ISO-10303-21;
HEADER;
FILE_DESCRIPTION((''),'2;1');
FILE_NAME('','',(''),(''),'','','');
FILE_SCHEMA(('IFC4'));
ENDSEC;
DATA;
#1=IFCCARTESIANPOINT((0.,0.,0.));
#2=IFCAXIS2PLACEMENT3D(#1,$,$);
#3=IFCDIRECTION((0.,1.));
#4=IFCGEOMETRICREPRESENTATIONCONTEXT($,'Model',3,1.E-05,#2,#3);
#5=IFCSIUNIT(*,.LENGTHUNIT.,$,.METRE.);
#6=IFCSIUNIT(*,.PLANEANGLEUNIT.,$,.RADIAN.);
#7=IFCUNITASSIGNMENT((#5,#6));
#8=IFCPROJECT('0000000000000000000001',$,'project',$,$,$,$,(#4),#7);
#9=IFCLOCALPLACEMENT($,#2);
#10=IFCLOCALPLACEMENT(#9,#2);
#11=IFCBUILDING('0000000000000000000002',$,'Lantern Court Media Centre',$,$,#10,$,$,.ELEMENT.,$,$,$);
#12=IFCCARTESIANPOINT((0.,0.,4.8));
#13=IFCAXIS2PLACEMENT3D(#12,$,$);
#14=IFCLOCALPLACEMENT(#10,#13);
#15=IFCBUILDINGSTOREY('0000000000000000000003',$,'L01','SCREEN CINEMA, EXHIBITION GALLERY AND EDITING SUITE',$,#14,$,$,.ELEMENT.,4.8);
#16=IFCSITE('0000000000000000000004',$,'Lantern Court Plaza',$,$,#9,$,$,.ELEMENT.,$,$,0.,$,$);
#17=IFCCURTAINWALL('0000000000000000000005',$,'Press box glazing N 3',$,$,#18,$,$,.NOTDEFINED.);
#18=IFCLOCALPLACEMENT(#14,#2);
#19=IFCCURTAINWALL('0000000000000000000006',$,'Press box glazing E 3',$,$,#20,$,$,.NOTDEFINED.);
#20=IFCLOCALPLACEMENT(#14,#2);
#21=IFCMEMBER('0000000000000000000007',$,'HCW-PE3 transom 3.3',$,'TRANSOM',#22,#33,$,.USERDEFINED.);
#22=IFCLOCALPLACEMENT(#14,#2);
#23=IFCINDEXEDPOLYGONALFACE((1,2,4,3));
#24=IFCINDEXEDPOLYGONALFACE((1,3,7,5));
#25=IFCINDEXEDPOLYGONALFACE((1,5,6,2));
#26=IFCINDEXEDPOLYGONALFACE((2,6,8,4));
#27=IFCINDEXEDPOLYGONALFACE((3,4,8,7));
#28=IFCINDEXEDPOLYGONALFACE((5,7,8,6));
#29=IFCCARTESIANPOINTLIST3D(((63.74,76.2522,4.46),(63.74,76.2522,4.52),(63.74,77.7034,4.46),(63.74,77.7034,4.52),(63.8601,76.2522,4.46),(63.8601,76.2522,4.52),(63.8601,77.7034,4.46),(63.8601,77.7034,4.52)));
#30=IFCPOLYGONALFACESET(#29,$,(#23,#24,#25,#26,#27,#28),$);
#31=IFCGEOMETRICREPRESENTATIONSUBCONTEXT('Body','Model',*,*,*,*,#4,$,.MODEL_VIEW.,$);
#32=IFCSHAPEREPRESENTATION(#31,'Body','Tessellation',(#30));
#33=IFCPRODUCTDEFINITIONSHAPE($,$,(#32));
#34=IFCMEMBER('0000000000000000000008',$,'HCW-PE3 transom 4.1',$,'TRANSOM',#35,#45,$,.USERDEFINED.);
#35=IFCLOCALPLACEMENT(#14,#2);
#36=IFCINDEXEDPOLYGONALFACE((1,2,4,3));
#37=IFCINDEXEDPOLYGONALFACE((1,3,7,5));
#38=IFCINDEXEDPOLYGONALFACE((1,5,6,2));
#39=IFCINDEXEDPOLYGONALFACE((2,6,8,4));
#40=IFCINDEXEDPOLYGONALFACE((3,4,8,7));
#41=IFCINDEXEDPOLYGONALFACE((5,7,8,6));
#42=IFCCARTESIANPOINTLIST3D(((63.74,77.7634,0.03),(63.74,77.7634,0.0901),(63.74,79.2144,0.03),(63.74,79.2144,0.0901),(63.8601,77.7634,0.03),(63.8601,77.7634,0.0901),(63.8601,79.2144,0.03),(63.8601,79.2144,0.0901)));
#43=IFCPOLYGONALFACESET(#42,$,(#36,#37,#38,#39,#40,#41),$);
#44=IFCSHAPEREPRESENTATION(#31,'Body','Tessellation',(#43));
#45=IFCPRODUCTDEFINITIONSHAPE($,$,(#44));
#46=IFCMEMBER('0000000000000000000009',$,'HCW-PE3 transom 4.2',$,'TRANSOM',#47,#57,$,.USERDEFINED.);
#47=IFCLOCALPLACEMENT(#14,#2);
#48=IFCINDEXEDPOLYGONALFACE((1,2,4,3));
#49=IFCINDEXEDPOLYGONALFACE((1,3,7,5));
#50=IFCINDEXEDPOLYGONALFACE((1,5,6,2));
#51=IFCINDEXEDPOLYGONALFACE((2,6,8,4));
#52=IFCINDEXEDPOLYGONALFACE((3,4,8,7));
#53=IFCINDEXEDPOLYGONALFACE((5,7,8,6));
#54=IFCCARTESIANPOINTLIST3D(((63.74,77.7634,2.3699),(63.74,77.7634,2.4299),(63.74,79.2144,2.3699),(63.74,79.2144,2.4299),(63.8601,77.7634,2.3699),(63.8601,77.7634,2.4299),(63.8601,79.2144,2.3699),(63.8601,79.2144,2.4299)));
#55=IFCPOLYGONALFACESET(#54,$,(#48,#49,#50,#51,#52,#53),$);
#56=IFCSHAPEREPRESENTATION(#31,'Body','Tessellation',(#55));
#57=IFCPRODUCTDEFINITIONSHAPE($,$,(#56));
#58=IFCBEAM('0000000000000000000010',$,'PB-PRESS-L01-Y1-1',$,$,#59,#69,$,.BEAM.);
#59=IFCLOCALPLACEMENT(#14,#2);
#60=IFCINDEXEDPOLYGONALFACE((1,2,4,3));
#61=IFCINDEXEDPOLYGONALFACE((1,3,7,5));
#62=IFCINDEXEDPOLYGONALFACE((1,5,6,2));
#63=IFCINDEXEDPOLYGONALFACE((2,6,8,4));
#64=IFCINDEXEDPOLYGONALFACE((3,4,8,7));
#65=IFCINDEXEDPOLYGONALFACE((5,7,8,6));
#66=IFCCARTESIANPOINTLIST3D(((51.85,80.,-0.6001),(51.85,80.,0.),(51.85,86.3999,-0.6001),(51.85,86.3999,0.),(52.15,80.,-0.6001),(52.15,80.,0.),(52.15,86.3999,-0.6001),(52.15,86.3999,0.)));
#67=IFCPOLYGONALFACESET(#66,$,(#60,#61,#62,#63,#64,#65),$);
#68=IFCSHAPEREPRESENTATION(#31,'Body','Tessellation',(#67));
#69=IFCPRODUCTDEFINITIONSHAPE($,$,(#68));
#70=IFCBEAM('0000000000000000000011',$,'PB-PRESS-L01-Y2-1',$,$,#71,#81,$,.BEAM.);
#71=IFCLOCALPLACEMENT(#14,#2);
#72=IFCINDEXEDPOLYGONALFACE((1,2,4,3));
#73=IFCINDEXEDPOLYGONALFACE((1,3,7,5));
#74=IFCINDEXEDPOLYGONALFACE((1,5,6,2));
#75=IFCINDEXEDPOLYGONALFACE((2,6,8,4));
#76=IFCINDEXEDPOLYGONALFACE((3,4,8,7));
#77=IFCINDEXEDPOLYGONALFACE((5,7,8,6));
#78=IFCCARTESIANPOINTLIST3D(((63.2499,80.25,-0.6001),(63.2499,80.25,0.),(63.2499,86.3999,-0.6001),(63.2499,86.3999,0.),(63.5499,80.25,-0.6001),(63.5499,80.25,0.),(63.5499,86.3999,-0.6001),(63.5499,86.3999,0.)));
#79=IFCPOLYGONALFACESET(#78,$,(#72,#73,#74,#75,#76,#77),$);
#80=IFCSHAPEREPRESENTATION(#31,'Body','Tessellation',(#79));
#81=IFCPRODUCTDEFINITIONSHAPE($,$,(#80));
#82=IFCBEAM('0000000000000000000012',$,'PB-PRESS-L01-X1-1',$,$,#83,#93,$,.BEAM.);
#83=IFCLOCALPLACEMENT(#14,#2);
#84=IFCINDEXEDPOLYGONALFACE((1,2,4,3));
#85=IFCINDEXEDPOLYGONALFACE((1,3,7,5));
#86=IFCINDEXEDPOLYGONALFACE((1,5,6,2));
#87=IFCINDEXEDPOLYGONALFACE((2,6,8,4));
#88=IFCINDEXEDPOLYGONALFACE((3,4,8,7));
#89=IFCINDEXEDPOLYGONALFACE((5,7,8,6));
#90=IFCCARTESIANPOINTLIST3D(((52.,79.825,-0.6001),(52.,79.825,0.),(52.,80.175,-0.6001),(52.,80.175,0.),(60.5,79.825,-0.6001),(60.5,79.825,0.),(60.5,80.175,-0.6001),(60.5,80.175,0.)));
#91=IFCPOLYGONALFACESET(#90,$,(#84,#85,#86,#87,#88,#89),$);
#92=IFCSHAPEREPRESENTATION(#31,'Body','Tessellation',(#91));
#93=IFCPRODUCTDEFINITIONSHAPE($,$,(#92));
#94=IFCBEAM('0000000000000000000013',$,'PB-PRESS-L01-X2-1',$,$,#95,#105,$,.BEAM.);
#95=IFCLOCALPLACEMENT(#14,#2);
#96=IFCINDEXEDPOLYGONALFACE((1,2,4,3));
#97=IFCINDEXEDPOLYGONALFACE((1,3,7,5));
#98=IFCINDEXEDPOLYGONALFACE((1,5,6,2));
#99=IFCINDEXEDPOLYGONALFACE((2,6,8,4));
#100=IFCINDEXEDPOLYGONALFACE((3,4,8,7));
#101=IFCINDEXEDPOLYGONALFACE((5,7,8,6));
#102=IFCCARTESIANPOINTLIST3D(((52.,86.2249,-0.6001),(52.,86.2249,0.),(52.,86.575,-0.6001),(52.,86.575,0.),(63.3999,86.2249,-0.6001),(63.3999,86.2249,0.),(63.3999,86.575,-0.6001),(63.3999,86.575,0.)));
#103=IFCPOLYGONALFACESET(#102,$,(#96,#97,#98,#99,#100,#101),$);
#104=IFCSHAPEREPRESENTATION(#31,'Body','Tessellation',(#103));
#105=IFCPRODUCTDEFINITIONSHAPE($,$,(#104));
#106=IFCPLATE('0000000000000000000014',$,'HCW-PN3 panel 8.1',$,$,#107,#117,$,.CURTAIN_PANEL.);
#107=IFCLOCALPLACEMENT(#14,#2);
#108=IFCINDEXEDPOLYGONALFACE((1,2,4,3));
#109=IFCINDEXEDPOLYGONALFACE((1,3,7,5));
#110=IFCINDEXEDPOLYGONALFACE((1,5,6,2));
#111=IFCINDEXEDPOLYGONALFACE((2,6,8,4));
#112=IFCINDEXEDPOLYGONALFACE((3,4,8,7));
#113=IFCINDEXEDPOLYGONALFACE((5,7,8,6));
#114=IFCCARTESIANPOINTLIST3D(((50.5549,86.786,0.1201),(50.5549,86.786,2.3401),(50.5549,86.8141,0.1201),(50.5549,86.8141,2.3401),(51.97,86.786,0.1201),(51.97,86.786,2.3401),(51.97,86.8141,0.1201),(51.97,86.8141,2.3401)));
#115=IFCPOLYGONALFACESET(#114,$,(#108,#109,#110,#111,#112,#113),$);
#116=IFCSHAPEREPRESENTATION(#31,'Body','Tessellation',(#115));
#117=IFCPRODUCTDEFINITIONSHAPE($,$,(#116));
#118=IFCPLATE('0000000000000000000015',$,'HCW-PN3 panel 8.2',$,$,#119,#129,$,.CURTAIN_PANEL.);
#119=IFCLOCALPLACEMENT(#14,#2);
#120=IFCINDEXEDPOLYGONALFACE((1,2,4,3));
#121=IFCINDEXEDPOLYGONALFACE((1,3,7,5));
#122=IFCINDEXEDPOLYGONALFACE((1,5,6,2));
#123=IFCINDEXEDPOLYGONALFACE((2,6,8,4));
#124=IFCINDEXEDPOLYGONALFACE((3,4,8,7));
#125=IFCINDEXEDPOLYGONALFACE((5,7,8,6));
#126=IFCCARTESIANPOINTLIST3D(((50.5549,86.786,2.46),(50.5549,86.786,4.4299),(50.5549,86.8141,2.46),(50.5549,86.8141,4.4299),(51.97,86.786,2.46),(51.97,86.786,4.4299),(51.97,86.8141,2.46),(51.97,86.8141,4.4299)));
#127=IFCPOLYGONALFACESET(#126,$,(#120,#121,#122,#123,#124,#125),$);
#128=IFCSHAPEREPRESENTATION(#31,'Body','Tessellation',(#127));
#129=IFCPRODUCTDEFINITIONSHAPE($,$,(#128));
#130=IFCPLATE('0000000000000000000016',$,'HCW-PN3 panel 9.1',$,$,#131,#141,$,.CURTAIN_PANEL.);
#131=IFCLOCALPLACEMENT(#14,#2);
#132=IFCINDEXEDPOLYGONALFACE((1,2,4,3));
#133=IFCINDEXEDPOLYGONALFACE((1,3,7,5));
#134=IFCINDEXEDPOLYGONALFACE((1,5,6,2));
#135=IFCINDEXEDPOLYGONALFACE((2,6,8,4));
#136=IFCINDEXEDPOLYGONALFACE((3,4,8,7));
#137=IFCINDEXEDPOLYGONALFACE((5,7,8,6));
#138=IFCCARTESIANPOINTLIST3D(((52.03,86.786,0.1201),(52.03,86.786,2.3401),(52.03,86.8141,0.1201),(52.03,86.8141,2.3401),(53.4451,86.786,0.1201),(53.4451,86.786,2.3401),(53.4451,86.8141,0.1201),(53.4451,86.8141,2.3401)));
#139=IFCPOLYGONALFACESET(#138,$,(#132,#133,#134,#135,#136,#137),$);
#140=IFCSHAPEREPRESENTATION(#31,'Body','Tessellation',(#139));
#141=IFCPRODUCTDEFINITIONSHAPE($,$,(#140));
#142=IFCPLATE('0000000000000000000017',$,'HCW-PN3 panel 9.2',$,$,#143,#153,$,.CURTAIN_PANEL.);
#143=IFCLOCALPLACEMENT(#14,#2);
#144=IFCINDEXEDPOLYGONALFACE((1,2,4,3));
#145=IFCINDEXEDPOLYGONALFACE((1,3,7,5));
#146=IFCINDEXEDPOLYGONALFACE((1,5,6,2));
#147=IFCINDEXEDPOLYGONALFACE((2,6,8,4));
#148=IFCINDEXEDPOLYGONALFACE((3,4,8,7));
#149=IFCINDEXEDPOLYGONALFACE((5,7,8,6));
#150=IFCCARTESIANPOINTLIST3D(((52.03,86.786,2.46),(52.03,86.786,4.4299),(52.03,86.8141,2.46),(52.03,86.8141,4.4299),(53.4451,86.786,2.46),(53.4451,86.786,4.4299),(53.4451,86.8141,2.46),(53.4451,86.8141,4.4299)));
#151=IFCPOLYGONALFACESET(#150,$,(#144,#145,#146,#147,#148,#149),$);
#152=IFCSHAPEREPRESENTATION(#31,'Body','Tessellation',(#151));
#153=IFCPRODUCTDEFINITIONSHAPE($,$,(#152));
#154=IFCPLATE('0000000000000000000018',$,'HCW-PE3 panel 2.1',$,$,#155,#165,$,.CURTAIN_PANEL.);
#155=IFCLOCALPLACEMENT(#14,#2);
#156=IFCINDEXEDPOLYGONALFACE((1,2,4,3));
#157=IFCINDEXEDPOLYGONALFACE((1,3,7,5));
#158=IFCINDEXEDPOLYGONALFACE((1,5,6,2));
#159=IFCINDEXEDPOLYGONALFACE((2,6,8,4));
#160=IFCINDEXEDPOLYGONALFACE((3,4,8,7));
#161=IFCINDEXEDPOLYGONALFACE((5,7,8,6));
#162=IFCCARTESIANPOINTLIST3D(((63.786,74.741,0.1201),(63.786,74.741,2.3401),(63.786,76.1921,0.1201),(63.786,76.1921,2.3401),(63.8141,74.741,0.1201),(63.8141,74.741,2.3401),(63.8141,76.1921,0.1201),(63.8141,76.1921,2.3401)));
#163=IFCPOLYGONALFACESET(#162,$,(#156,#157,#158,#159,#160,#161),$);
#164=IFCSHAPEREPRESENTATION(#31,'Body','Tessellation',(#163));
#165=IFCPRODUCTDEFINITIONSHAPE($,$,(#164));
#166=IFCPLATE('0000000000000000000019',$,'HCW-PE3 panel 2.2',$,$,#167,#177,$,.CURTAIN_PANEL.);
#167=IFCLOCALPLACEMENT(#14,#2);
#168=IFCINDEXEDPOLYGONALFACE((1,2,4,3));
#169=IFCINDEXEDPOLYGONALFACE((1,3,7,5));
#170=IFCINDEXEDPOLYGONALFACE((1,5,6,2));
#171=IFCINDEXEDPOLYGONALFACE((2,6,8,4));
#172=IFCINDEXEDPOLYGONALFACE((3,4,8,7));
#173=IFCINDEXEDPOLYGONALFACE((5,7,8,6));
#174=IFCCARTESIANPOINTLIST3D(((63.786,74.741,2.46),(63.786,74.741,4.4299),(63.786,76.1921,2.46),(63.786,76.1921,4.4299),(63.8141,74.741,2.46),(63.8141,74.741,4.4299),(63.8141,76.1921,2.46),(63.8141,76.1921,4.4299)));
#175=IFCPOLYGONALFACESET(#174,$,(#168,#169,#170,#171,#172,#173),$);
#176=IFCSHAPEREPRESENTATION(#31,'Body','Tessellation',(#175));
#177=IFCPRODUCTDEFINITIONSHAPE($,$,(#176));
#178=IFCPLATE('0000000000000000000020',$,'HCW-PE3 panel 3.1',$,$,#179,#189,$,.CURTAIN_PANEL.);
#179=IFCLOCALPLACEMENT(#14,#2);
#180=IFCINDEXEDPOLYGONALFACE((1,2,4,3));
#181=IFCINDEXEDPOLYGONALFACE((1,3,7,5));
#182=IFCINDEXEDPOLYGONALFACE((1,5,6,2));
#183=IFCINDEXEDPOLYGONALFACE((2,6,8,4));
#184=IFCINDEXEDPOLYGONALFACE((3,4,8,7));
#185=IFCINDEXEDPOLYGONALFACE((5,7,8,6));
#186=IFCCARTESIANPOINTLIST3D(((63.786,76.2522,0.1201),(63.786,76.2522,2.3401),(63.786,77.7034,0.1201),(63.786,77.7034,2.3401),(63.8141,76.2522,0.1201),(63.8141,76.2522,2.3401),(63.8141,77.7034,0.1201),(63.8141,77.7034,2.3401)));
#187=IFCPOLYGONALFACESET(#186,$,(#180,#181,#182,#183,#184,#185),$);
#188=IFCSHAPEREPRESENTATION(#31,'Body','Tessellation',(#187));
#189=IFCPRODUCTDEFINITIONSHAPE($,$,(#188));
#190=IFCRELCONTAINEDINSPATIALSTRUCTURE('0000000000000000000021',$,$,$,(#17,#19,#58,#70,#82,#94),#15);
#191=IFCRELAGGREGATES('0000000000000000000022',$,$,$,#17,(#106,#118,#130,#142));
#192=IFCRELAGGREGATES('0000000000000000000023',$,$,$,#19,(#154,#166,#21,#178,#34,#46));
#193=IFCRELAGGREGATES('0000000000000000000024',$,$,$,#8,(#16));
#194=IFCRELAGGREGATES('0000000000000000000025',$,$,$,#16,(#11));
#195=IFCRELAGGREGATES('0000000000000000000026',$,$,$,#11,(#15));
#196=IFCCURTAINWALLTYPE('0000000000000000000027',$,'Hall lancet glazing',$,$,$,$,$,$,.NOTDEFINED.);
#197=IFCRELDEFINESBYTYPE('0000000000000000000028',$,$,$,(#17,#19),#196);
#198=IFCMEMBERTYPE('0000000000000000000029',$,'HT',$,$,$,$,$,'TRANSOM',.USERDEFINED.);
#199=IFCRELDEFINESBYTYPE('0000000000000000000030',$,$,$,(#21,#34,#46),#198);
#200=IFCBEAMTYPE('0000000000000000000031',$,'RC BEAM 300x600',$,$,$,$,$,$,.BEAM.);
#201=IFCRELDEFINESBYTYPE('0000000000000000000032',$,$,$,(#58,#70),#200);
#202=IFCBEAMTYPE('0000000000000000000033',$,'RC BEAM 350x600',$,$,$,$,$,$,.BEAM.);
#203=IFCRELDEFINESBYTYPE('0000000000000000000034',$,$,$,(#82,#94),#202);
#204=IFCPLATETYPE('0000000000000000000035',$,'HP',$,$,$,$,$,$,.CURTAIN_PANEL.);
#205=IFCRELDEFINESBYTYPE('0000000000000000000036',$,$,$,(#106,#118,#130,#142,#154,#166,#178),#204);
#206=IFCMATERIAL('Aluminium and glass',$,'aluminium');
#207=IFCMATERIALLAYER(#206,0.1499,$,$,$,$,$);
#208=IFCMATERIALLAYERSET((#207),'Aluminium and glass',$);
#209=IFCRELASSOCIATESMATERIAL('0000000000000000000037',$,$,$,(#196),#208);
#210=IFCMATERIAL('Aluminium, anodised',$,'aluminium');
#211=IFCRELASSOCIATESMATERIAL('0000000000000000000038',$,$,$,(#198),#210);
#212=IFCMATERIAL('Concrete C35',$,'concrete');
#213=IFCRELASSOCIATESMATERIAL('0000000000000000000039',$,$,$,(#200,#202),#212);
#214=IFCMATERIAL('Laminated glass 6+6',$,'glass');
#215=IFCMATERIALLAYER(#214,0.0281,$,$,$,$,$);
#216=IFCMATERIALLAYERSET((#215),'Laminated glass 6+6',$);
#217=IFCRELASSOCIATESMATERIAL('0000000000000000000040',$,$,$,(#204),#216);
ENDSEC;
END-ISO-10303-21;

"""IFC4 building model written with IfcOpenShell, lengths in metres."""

from ifc_helpers import new_model, si_unit, direction, frame, origin, origin_2d, place, context, subcontext, project, spatial, rectangle, extrude, material, layer, layer_set, material_profile, profile_set, type_object, element, aggregate, save


model = new_model("IFC4")

# Units and contexts
model_context = context("Model", 3, precision=1e-05, world=origin(), true_north=direction((0.0, 1.0)))
body_context = subcontext(model_context, "Body", "Model", "MODEL_VIEW")
ifc_project = project(units=[si_unit("LENGTHUNIT", "METRE"), si_unit("PLANEANGLEUNIT", "RADIAN")], contexts=[model_context])

# Site, building, storey
site_placement = place(None, origin())
site = spatial("IfcSite", under=ifc_project, at=site_placement, Name="Lantern Court Plaza", CompositionType="ELEMENT", RefElevation=0.0)
building_placement = place(site_placement, origin())
building = spatial("IfcBuilding", under=site, at=building_placement, Name="Lantern Court Media Centre", CompositionType="ELEMENT")
storey_placement = place(building_placement, frame((0.0, 0.0, 4.8)))
storey = spatial("IfcBuildingStorey", under=building, at=storey_placement, Name="L01", Description="SCREEN CINEMA, EXHIBITION GALLERY AND EDITING SUITE", CompositionType="ELEMENT", Elevation=4.8)

# Shared definitions
ifc_material_1 = material(Name="Concrete C35", Category="concrete")

# Curtain walls
ifc_material_2 = material(Name="Aluminium and glass", Category="aluminium")
ifc_layer_1 = layer(ifc_material_2, 0.1499)
ifc_layer_set_1 = layer_set([ifc_layer_1], Name="Aluminium and glass")
curtain_wall_type = type_object("IfcCurtainWallType", Name="Hall lancet glazing", PredefinedType="NOTDEFINED", material=ifc_layer_set_1)
curtain_wall_1_placement = place(storey_placement, origin())
curtain_wall_1 = element("IfcCurtainWall", 1, at=curtain_wall_1_placement, inside=storey, type_object=curtain_wall_type, Name="Press box glazing N 3", PredefinedType="NOTDEFINED")
ifc_material_3 = material(Name="Aluminium, anodised", Category="aluminium")
curtain_wall_2_placement = place(storey_placement, origin())
curtain_wall_2 = element("IfcCurtainWall", 2, at=curtain_wall_2_placement, inside=storey, type_object=curtain_wall_type, Name="Press box glazing E 3", PredefinedType="NOTDEFINED")

# Members
ifc_material_profile_1 = material_profile(ifc_material_3, rectangle(XDim=0.1201, YDim=0.0601, at=origin_2d()), Name="HT")
ifc_profile_set_1 = profile_set([ifc_material_profile_1], Name="Aluminium, anodised")
member_type_1 = type_object("IfcMemberType", Name="HT", ElementType="TRANSOM", PredefinedType="USERDEFINED", material=ifc_profile_set_1)
member_1_placement = place(storey_placement, frame((63.8, 76.2522, 4.49), z_axis=(0.0, 1.0, 0.0), x_axis=(-1.0, 0.0, 0.0)))
member_1 = element("IfcMember", 3, at=member_1_placement, type_object=member_type_1, Name="HCW-PE3 transom 3.3", ObjectType="TRANSOM", PredefinedType="USERDEFINED", context=body_context, shape_type="SweptSolid", body=[
    extrude(rectangle(XDim=0.1201, YDim=0.0601, at=origin_2d()), origin(), (0.0, 0.0, 1.0), 1.4512),
])
member_2_placement = place(storey_placement, frame((63.8, 77.7634, 0.0601), z_axis=(0.0, 1.0, 0.0), x_axis=(-1.0, 0.0, 0.0)))
member_2 = element("IfcMember", 4, at=member_2_placement, type_object=member_type_1, Name="HCW-PE3 transom 4.1", ObjectType="TRANSOM", PredefinedType="USERDEFINED", context=body_context, shape_type="SweptSolid", body=[
    extrude(rectangle(XDim=0.1201, YDim=0.0601, at=origin_2d()), origin(), (0.0, 0.0, 1.0), 1.4509),
])
member_3_placement = place(storey_placement, frame((63.8, 77.7634, 2.3999), z_axis=(0.0, 1.0, 0.0), x_axis=(-1.0, 0.0, 0.0)))
member_3 = element("IfcMember", 5, at=member_3_placement, type_object=member_type_1, Name="HCW-PE3 transom 4.2", ObjectType="TRANSOM", PredefinedType="USERDEFINED", context=body_context, shape_type="SweptSolid", body=[
    extrude(rectangle(XDim=0.1201, YDim=0.0601, at=origin_2d()), origin(), (0.0, 0.0, 1.0), 1.4509),
])

# Beams
ifc_material_profile_2 = material_profile(ifc_material_1, rectangle(XDim=0.3, YDim=0.6001, at=origin_2d()), Name="RC 300x600")
ifc_profile_set_2 = profile_set([ifc_material_profile_2], Name="Concrete C35")
beam_type_1 = type_object("IfcBeamType", Name="RC BEAM 300x600", PredefinedType="BEAM", material=ifc_profile_set_2)
beam_1_placement = place(storey_placement, frame((52.0, 80.0, -0.3), z_axis=(0.0, 1.0, 0.0), x_axis=(-1.0, 0.0, 0.0)))
element("IfcBeam", 6, at=beam_1_placement, inside=storey, type_object=beam_type_1, Name="PB-PRESS-L01-Y1-1", PredefinedType="BEAM", context=body_context, shape_type="SweptSolid", body=[
    extrude(rectangle(XDim=0.3, YDim=0.6001, at=origin_2d()), origin(), (0.0, 0.0, 1.0), 6.3999),
])
beam_2_placement = place(storey_placement, frame((63.3999, 80.25, -0.3), z_axis=(0.0, 1.0, 0.0), x_axis=(-1.0, 0.0, 0.0)))
element("IfcBeam", 7, at=beam_2_placement, inside=storey, type_object=beam_type_1, Name="PB-PRESS-L01-Y2-1", PredefinedType="BEAM", context=body_context, shape_type="SweptSolid", body=[
    extrude(rectangle(XDim=0.3, YDim=0.6001, at=origin_2d()), origin(), (0.0, 0.0, 1.0), 6.1499),
])
ifc_material_profile_3 = material_profile(ifc_material_1, rectangle(XDim=0.3501, YDim=0.6001, at=origin_2d()), Name="RC 350x600")
ifc_profile_set_3 = profile_set([ifc_material_profile_3], Name="Concrete C35")
beam_type_2 = type_object("IfcBeamType", Name="RC BEAM 350x600", PredefinedType="BEAM", material=ifc_profile_set_3)
beam_3_placement = place(storey_placement, frame((52.0, 80.0, -0.3), z_axis=(1.0, 0.0, 0.0), x_axis=(0.0, 1.0, 0.0)))
element("IfcBeam", 8, at=beam_3_placement, inside=storey, type_object=beam_type_2, Name="PB-PRESS-L01-X1-1", PredefinedType="BEAM", context=body_context, shape_type="SweptSolid", body=[
    extrude(rectangle(XDim=0.3501, YDim=0.6001, at=origin_2d()), origin(), (0.0, 0.0, 1.0), 8.5),
])
beam_4_placement = place(storey_placement, frame((52.0, 86.3999, -0.3), z_axis=(1.0, 0.0, 0.0), x_axis=(0.0, 1.0, 0.0)))
element("IfcBeam", 9, at=beam_4_placement, inside=storey, type_object=beam_type_2, Name="PB-PRESS-L01-X2-1", PredefinedType="BEAM", context=body_context, shape_type="SweptSolid", body=[
    extrude(rectangle(XDim=0.3501, YDim=0.6001, at=origin_2d()), origin(), (0.0, 0.0, 1.0), 11.3999),
])

# Plates
ifc_material_4 = material(Name="Laminated glass 6+6", Category="glass")
ifc_layer_2 = layer(ifc_material_4, 0.0281)
ifc_layer_set_2 = layer_set([ifc_layer_2], Name="Laminated glass 6+6")
plate_type = type_object("IfcPlateType", Name="HP", PredefinedType="CURTAIN_PANEL", material=ifc_layer_set_2)
plate_1_placement = place(storey_placement, frame((51.2625, 86.8, 0.1201), z_axis=(0.0, 0.0, 1.0), x_axis=(1.0, 0.0, 0.0)))
plate_1 = element("IfcPlate", 10, at=plate_1_placement, type_object=plate_type, Name="HCW-PN3 panel 8.1", PredefinedType="CURTAIN_PANEL", context=body_context, shape_type="SweptSolid", body=[
    extrude(rectangle(XDim=1.415, YDim=0.0281, at=origin_2d()), origin(), (0.0, 0.0, 1.0), 2.22),
])
plate_2_placement = place(storey_placement, frame((51.2625, 86.8, 2.46), z_axis=(0.0, 0.0, 1.0), x_axis=(1.0, 0.0, 0.0)))
plate_2 = element("IfcPlate", 11, at=plate_2_placement, type_object=plate_type, Name="HCW-PN3 panel 8.2", PredefinedType="CURTAIN_PANEL", context=body_context, shape_type="SweptSolid", body=[
    extrude(rectangle(XDim=1.415, YDim=0.0281, at=origin_2d()), origin(), (0.0, 0.0, 1.0), 1.97),
])
plate_3_placement = place(storey_placement, frame((52.7375, 86.8, 0.1201), z_axis=(0.0, 0.0, 1.0), x_axis=(1.0, 0.0, 0.0)))
plate_3 = element("IfcPlate", 12, at=plate_3_placement, type_object=plate_type, Name="HCW-PN3 panel 9.1", PredefinedType="CURTAIN_PANEL", context=body_context, shape_type="SweptSolid", body=[
    extrude(rectangle(XDim=1.415, YDim=0.0281, at=origin_2d()), origin(), (0.0, 0.0, 1.0), 2.22),
])
plate_4_placement = place(storey_placement, frame((52.7375, 86.8, 2.46), z_axis=(0.0, 0.0, 1.0), x_axis=(1.0, 0.0, 0.0)))
plate_4 = element("IfcPlate", 13, at=plate_4_placement, type_object=plate_type, Name="HCW-PN3 panel 9.2", PredefinedType="CURTAIN_PANEL", context=body_context, shape_type="SweptSolid", body=[
    extrude(rectangle(XDim=1.415, YDim=0.0281, at=origin_2d()), origin(), (0.0, 0.0, 1.0), 1.97),
])
aggregate(curtain_wall_1, [plate_1, plate_2, plate_3, plate_4])
plate_5_placement = place(storey_placement, frame((63.8, 75.4666, 0.1201), z_axis=(0.0, 0.0, 1.0), x_axis=(0.0, 1.0, 0.0)))
plate_5 = element("IfcPlate", 14, at=plate_5_placement, type_object=plate_type, Name="HCW-PE3 panel 2.1", PredefinedType="CURTAIN_PANEL", context=body_context, shape_type="SweptSolid", body=[
    extrude(rectangle(XDim=1.4512, YDim=0.0281, at=origin_2d()), origin(), (0.0, 0.0, 1.0), 2.22),
])
plate_6_placement = place(storey_placement, frame((63.8, 75.4666, 2.46), z_axis=(0.0, 0.0, 1.0), x_axis=(0.0, 1.0, 0.0)))
plate_6 = element("IfcPlate", 15, at=plate_6_placement, type_object=plate_type, Name="HCW-PE3 panel 2.2", PredefinedType="CURTAIN_PANEL", context=body_context, shape_type="SweptSolid", body=[
    extrude(rectangle(XDim=1.4512, YDim=0.0281, at=origin_2d()), origin(), (0.0, 0.0, 1.0), 1.97),
])
plate_7_placement = place(storey_placement, frame((63.8, 76.9778, 0.1201), z_axis=(0.0, 0.0, 1.0), x_axis=(0.0, 1.0, 0.0)))
plate_7 = element("IfcPlate", 16, at=plate_7_placement, type_object=plate_type, Name="HCW-PE3 panel 3.1", PredefinedType="CURTAIN_PANEL", context=body_context, shape_type="SweptSolid", body=[
    extrude(rectangle(XDim=1.4512, YDim=0.0281, at=origin_2d()), origin(), (0.0, 0.0, 1.0), 2.22),
])
aggregate(curtain_wall_2, [plate_5, plate_6, member_1, plate_7, member_2, member_3])

save(model, "model.ifc")
